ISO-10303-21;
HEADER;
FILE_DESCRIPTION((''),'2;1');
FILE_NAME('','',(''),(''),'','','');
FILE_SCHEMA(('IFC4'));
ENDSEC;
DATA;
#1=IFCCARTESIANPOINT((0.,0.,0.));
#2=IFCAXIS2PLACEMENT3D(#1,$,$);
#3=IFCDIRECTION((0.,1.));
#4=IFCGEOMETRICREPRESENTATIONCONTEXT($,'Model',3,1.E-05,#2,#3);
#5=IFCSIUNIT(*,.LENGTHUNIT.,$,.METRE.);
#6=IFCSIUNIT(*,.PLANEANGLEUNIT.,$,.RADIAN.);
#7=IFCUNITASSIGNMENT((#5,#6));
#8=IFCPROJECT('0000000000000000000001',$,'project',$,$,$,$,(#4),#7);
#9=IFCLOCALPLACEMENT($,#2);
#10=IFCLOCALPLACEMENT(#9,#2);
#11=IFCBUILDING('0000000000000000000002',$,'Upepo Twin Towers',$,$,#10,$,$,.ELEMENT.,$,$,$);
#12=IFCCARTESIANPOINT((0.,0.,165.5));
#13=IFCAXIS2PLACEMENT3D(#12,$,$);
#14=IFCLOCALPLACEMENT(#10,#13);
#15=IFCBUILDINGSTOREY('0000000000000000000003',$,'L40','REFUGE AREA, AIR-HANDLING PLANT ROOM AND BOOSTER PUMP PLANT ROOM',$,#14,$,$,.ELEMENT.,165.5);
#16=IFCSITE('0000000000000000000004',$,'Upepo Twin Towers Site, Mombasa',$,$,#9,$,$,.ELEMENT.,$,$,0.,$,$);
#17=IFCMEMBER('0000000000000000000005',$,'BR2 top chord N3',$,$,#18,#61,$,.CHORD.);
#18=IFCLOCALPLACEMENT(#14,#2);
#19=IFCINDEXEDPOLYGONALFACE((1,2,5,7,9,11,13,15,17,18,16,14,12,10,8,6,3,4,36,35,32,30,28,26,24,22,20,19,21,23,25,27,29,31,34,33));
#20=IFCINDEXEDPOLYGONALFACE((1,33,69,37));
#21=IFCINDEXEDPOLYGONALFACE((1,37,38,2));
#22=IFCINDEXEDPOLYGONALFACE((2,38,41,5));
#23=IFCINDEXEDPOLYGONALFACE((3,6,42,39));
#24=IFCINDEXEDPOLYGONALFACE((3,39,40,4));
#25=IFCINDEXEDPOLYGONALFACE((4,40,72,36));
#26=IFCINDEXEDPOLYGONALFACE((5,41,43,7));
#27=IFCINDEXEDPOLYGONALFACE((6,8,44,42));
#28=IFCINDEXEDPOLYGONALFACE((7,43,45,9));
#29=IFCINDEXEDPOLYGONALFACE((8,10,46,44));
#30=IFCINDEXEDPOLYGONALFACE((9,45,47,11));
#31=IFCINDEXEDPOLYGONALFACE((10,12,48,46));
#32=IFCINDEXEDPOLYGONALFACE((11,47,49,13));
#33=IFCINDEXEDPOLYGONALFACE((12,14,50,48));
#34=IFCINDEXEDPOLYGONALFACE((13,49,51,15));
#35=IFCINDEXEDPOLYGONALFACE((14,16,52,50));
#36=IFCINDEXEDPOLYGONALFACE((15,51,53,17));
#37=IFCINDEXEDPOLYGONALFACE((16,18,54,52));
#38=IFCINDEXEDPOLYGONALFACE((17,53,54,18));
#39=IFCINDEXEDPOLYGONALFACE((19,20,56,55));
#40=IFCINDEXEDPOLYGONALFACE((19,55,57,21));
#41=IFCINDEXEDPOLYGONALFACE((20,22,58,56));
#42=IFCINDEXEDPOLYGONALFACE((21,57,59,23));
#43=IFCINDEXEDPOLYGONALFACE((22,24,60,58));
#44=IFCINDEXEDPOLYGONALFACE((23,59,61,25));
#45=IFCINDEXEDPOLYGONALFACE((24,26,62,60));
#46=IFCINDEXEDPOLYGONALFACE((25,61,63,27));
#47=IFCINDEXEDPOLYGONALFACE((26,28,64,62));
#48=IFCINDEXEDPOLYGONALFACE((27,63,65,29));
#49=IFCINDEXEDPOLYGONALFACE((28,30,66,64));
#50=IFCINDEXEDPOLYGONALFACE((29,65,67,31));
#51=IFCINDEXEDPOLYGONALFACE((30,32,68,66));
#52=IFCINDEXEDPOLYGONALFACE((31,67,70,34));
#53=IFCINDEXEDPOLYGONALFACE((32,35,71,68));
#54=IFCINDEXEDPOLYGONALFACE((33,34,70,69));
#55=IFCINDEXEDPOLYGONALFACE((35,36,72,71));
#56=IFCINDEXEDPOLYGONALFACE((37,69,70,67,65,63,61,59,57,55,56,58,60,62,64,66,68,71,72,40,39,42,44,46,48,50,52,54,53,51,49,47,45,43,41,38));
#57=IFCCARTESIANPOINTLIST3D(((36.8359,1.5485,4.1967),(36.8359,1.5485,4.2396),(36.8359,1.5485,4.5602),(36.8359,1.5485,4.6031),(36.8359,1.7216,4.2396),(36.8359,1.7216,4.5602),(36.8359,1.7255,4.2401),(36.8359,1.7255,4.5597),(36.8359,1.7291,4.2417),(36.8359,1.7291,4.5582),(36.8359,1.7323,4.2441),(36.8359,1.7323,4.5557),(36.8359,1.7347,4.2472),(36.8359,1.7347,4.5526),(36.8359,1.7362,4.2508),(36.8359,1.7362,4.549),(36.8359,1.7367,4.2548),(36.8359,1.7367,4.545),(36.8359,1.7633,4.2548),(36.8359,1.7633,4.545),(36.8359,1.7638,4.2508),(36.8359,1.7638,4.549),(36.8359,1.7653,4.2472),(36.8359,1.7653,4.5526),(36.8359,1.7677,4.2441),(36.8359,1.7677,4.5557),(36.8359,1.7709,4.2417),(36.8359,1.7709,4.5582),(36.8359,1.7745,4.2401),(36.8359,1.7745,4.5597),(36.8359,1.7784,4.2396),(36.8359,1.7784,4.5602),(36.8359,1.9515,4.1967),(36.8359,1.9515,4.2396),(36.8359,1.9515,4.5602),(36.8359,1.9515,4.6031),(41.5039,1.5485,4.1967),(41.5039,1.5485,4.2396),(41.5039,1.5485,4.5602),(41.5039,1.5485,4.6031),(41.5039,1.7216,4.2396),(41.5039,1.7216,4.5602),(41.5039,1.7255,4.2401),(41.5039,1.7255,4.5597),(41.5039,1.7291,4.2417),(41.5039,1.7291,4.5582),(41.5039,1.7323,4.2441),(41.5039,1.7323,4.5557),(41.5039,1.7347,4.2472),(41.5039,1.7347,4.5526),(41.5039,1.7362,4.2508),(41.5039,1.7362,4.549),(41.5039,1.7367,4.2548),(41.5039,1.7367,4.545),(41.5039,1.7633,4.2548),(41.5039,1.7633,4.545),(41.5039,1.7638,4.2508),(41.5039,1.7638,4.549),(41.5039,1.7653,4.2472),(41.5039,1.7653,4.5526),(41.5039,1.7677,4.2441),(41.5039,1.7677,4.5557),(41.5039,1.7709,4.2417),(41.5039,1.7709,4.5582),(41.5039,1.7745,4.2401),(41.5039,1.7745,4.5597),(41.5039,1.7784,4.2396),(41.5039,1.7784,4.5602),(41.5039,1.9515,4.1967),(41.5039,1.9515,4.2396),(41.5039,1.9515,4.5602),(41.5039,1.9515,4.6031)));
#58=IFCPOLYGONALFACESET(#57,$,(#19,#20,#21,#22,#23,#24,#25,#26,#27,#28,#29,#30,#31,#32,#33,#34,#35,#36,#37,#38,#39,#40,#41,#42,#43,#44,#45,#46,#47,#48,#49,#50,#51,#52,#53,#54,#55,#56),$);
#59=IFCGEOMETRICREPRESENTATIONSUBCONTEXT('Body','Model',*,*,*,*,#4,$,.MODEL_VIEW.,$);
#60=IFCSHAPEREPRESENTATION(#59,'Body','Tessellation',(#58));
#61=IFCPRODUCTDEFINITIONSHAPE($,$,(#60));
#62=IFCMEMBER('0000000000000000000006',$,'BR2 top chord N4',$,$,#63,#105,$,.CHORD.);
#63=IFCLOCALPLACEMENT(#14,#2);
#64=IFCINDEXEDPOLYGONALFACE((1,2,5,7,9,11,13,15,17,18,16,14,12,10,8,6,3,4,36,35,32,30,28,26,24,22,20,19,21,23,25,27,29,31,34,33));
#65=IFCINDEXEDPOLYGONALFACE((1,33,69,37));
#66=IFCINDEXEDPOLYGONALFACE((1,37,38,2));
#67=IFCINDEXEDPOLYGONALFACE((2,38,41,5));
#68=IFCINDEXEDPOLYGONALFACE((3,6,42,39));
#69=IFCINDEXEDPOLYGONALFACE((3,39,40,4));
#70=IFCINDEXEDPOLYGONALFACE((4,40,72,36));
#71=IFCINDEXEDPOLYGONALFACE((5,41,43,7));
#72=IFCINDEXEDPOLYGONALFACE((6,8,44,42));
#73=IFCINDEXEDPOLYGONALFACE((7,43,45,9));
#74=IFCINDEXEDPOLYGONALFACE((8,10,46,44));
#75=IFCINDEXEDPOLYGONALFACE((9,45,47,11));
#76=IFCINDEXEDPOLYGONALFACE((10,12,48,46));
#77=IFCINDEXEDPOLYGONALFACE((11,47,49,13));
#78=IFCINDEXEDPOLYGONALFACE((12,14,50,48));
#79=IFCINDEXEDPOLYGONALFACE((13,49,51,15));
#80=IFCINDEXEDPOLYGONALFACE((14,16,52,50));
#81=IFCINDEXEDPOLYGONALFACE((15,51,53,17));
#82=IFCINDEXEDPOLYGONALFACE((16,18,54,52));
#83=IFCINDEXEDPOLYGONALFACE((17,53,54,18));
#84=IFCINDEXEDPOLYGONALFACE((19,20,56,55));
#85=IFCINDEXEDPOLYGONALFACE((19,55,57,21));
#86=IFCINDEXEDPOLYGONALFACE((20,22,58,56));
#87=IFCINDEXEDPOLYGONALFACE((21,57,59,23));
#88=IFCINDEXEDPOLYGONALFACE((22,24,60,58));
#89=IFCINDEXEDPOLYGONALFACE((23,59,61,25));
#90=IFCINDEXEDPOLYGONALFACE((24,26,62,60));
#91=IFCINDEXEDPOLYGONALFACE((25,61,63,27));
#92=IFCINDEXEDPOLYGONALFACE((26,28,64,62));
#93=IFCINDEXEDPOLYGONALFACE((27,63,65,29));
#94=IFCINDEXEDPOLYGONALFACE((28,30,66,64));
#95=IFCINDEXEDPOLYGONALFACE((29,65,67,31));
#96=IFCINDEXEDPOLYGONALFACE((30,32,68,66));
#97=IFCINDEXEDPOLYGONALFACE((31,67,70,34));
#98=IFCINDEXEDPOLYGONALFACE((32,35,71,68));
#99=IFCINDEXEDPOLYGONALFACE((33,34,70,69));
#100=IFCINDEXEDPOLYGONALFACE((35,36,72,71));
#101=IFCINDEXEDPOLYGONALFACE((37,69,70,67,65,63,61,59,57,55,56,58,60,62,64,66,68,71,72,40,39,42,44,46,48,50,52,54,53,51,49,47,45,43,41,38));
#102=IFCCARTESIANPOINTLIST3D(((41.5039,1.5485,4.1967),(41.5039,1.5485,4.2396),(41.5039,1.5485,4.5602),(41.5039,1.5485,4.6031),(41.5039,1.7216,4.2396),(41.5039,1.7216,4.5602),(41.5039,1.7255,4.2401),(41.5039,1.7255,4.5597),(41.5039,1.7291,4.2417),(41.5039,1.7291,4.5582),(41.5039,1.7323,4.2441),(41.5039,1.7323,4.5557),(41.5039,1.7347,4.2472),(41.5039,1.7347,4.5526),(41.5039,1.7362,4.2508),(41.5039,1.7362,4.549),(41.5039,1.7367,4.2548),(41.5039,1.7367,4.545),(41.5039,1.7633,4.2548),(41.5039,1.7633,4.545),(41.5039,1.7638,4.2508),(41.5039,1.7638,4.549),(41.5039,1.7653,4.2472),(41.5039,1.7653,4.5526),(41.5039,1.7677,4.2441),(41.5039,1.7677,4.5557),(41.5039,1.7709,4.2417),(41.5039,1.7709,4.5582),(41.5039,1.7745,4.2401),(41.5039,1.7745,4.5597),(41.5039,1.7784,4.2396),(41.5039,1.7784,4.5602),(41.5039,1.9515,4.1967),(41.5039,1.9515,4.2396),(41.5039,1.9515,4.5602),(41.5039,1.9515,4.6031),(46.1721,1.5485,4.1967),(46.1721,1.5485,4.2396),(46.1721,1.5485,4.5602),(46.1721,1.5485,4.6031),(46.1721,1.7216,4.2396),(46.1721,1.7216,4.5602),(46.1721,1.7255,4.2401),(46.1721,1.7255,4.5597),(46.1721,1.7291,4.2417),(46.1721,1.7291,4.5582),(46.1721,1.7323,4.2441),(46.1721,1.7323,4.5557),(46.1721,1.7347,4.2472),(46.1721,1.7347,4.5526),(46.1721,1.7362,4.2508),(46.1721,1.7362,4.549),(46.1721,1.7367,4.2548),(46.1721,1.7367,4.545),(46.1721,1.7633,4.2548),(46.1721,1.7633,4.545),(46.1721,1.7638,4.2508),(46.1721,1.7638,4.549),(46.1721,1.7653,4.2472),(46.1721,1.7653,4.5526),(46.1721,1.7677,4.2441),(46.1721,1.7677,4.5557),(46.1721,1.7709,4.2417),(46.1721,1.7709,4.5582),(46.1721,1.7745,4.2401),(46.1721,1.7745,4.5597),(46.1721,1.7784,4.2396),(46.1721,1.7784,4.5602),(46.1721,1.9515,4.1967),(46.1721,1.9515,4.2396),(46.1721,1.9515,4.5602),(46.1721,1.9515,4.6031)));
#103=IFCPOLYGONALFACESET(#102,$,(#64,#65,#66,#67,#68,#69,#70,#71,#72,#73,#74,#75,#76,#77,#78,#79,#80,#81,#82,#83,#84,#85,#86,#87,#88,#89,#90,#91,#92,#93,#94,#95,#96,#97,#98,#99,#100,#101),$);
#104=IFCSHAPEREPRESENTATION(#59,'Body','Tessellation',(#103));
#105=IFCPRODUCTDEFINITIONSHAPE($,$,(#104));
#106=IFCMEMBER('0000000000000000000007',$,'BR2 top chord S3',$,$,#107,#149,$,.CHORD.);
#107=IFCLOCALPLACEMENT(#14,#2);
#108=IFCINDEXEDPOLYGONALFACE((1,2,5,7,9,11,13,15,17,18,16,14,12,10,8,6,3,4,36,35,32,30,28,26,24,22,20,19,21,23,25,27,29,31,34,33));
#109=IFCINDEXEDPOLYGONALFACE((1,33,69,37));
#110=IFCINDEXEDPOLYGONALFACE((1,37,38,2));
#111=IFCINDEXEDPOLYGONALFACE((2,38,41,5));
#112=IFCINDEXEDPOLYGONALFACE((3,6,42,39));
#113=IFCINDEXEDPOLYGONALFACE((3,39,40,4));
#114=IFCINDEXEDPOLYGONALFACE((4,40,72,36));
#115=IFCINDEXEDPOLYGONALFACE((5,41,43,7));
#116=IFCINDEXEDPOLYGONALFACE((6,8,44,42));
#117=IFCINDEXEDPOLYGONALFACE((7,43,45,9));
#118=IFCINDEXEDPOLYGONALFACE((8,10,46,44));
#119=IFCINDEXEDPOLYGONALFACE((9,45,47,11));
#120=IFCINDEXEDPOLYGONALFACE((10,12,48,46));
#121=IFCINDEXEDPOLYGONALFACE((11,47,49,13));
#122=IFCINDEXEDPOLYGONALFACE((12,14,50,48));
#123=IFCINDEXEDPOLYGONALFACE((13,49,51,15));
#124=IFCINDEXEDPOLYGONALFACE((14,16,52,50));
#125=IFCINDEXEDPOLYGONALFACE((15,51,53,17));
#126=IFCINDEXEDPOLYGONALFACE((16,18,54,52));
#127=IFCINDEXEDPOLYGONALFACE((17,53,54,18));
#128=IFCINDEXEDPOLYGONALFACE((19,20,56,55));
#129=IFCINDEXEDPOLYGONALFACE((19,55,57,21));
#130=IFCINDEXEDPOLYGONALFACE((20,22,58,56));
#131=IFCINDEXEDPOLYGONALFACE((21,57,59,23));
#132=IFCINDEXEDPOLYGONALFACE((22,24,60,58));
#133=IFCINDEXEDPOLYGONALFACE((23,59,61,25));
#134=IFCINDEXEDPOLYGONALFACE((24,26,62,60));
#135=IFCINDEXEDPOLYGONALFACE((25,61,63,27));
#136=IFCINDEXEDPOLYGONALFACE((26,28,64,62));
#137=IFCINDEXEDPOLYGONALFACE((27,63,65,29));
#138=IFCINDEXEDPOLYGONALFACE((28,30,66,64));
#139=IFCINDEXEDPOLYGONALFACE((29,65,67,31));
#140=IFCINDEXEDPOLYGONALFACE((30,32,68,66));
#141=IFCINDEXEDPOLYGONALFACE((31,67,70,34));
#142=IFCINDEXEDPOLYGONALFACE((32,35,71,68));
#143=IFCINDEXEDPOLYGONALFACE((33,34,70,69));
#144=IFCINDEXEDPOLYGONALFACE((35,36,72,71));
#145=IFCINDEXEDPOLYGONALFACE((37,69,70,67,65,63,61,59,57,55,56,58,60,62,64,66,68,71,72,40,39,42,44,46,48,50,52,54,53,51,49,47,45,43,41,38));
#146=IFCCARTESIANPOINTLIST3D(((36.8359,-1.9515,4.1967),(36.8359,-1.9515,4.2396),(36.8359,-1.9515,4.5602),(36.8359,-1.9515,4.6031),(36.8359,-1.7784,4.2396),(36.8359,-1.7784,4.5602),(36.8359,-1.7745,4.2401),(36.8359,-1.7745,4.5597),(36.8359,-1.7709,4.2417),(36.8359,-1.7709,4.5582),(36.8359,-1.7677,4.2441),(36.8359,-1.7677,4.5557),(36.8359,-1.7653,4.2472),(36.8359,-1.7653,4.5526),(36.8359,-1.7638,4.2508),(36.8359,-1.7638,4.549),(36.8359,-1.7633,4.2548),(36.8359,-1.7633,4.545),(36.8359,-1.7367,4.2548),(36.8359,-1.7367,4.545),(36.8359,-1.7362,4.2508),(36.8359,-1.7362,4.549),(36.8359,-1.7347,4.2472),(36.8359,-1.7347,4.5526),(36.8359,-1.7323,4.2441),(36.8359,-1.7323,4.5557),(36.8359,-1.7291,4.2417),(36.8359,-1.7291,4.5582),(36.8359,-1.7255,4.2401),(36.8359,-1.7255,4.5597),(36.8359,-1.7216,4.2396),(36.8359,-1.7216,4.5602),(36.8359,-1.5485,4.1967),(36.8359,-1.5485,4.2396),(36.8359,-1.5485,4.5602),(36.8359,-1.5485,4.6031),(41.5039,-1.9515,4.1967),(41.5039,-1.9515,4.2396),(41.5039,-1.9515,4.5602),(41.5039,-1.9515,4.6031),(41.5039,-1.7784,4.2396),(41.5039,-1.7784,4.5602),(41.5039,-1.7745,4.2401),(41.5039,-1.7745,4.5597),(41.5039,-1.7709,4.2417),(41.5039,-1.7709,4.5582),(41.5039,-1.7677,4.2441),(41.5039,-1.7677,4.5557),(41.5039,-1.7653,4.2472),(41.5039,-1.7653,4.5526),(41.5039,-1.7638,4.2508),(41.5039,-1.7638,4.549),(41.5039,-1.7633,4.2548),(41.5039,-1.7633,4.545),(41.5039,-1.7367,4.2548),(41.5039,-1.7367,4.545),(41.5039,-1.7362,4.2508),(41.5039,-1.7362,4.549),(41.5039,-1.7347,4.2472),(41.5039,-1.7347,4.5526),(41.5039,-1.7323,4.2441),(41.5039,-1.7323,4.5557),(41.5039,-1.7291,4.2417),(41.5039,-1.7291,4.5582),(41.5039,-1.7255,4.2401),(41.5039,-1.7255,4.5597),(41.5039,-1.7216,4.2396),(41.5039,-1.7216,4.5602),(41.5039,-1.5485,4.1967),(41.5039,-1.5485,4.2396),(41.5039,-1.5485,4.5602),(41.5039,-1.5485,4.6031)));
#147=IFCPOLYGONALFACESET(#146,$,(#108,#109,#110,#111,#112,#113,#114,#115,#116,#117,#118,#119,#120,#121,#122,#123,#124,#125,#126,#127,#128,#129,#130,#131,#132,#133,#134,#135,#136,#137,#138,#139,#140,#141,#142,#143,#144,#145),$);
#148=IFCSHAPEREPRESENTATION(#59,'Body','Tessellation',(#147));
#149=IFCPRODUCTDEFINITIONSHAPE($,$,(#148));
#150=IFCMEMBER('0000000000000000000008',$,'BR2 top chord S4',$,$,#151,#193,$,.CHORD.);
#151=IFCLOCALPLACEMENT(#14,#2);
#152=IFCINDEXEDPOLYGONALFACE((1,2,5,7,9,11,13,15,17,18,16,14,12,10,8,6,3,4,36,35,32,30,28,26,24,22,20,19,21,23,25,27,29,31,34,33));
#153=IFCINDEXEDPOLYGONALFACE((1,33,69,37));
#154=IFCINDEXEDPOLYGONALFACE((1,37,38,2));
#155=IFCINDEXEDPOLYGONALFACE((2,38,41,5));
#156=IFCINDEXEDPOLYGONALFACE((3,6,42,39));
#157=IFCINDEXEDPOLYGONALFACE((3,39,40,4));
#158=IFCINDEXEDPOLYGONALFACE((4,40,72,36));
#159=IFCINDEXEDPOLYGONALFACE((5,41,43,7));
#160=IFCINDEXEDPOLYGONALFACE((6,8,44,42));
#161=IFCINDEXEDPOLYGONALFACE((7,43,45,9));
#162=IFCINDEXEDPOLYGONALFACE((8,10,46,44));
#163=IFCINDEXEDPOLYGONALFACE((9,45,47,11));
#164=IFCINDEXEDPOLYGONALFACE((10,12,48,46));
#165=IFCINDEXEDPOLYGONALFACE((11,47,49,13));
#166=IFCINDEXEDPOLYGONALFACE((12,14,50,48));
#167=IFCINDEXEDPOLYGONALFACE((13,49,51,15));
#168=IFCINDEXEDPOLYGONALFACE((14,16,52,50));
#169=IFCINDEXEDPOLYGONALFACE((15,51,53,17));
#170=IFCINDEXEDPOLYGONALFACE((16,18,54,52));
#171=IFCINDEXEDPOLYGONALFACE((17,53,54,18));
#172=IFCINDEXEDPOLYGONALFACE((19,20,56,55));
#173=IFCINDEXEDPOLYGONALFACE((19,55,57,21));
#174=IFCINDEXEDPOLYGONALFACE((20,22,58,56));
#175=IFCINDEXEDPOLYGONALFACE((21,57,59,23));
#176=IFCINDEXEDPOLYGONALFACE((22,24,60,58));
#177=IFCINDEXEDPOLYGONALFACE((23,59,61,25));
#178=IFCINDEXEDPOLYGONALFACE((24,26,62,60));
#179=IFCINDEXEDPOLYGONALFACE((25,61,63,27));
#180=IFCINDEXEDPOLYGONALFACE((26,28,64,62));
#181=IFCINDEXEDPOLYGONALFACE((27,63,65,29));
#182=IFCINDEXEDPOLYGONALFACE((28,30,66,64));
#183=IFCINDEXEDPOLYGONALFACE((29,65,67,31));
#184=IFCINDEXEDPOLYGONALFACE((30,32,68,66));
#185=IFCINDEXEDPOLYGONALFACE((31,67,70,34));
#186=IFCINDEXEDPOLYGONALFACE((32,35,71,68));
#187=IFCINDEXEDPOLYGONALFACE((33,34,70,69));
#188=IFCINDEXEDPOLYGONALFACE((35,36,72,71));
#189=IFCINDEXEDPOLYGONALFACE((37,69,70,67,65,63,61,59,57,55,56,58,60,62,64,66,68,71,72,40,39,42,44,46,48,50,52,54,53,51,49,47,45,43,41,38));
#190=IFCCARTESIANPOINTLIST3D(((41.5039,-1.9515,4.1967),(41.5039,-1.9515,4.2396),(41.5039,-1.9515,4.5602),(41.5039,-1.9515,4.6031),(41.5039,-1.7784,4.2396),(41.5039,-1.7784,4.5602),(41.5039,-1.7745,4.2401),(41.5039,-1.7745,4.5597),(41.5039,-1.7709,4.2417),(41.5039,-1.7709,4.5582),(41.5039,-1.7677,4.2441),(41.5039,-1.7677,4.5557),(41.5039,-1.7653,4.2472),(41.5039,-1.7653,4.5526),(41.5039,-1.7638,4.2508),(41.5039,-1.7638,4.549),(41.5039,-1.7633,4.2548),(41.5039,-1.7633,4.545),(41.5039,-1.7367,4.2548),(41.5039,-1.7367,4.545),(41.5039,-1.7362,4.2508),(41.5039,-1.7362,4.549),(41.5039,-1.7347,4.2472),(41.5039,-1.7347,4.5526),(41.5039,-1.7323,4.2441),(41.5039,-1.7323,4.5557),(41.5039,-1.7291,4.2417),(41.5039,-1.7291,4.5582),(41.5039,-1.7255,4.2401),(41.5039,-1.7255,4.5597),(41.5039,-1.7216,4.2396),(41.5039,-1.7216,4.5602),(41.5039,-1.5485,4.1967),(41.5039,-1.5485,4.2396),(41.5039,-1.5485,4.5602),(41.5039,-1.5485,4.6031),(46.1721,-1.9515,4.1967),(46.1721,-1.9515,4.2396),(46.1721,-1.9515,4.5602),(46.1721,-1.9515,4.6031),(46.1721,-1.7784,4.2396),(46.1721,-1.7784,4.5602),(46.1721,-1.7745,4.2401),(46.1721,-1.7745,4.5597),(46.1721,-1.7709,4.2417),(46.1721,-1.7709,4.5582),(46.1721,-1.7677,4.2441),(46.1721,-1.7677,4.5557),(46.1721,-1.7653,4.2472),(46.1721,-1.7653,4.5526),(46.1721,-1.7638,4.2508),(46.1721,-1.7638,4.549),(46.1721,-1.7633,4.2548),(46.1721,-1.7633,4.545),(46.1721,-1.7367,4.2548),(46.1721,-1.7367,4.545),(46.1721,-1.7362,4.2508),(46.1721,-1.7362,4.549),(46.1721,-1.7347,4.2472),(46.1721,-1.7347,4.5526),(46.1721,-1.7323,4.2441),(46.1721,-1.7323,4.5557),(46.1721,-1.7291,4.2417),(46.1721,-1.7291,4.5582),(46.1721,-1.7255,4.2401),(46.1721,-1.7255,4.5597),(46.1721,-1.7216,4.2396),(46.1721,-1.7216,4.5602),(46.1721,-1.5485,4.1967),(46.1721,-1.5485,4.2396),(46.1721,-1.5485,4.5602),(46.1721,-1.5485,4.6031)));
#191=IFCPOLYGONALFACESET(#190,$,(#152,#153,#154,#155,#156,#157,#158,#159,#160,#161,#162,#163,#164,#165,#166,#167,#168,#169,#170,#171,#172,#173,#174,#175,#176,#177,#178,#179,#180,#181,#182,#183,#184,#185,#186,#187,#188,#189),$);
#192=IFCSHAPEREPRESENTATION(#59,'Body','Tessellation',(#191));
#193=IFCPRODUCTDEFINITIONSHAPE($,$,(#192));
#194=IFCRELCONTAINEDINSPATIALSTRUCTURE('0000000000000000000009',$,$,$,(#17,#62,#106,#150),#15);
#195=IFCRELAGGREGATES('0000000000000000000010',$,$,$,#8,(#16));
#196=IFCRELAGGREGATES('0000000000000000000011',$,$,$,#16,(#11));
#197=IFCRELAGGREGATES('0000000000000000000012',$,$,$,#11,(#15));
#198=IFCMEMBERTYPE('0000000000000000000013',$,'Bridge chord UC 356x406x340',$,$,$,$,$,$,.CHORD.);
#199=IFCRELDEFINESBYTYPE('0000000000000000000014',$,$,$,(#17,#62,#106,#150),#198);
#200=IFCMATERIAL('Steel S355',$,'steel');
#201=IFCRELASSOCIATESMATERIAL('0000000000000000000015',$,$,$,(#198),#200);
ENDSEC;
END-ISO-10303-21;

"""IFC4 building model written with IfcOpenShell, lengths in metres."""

from ifc_helpers import new_model, si_unit, direction, frame, origin, origin_2d, place, context, subcontext, project, spatial, i_section, extrude, material, material_profile, profile_set, type_object, element, save


model = new_model("IFC4")

# Units and contexts
model_context = context("Model", 3, precision=1e-05, world=origin(), true_north=direction((0.0, 1.0)))
body_context = subcontext(model_context, "Body", "Model", "MODEL_VIEW")
ifc_project = project(units=[si_unit("LENGTHUNIT", "METRE"), si_unit("PLANEANGLEUNIT", "RADIAN")], contexts=[model_context])

# Site, building, storey
site_placement = place(None, origin())
site = spatial("IfcSite", under=ifc_project, at=site_placement, Name="Upepo Twin Towers Site, Mombasa", CompositionType="ELEMENT", RefElevation=0.0)
building_placement = place(site_placement, origin())
building = spatial("IfcBuilding", under=site, at=building_placement, Name="Upepo Twin Towers", CompositionType="ELEMENT")
storey_placement = place(building_placement, frame((0.0, 0.0, 165.5)))
storey = spatial("IfcBuildingStorey", under=building, at=storey_placement, Name="L40", Description="REFUGE AREA, AIR-HANDLING PLANT ROOM AND BOOSTER PUMP PLANT ROOM", CompositionType="ELEMENT", Elevation=165.5)

# Members
ifc_material_1 = material(Name="Steel S355", Category="steel")
ifc_material_profile_1 = material_profile(ifc_material_1, i_section(OverallWidth=0.4031, OverallDepth=0.4065, WebThickness=0.0266, FlangeThickness=0.043, FilletRadius=0.0151, at=origin_2d()), Name="UC 356x406x340")
ifc_profile_set_1 = profile_set([ifc_material_profile_1], Name="Steel S355")
member_type_1 = type_object("IfcMemberType", Name="Bridge chord UC 356x406x340", PredefinedType="CHORD", material=ifc_profile_set_1)
member_1_placement = place(storey_placement, frame((36.8359, 1.75, 4.3999), z_axis=(1.0, 0.0, 0.0), x_axis=(0.0, 1.0, 0.0)))
element("IfcMember", 1, at=member_1_placement, inside=storey, type_object=member_type_1, Name="BR2 top chord N3", PredefinedType="CHORD", context=body_context, shape_type="SweptSolid", body=[
    extrude(i_section(OverallWidth=0.4031, OverallDepth=0.4065, WebThickness=0.0266, FlangeThickness=0.043, FilletRadius=0.0151, at=origin_2d()), origin(), (0.0, 0.0, 1.0), 4.668),
])
member_2_placement = place(storey_placement, frame((41.5039, 1.75, 4.3999), z_axis=(1.0, 0.0, 0.0), x_axis=(0.0, 1.0, 0.0)))
element("IfcMember", 2, at=member_2_placement, inside=storey, type_object=member_type_1, Name="BR2 top chord N4", PredefinedType="CHORD", context=body_context, shape_type="SweptSolid", body=[
    extrude(i_section(OverallWidth=0.4031, OverallDepth=0.4065, WebThickness=0.0266, FlangeThickness=0.043, FilletRadius=0.0151, at=origin_2d()), origin(), (0.0, 0.0, 1.0), 4.6682),
])
member_3_placement = place(storey_placement, frame((36.8359, -1.75, 4.3999), z_axis=(1.0, 0.0, 0.0), x_axis=(0.0, 1.0, 0.0)))
element("IfcMember", 3, at=member_3_placement, inside=storey, type_object=member_type_1, Name="BR2 top chord S3", PredefinedType="CHORD", context=body_context, shape_type="SweptSolid", body=[
    extrude(i_section(OverallWidth=0.4031, OverallDepth=0.4065, WebThickness=0.0266, FlangeThickness=0.043, FilletRadius=0.0151, at=origin_2d()), origin(), (0.0, 0.0, 1.0), 4.668),
])
member_4_placement = place(storey_placement, frame((41.5039, -1.75, 4.3999), z_axis=(1.0, 0.0, 0.0), x_axis=(0.0, 1.0, 0.0)))
element("IfcMember", 4, at=member_4_placement, inside=storey, type_object=member_type_1, Name="BR2 top chord S4", PredefinedType="CHORD", context=body_context, shape_type="SweptSolid", body=[
    extrude(i_section(OverallWidth=0.4031, OverallDepth=0.4065, WebThickness=0.0266, FlangeThickness=0.043, FilletRadius=0.0151, at=origin_2d()), origin(), (0.0, 0.0, 1.0), 4.6682),
])

save(model, "model.ifc")
